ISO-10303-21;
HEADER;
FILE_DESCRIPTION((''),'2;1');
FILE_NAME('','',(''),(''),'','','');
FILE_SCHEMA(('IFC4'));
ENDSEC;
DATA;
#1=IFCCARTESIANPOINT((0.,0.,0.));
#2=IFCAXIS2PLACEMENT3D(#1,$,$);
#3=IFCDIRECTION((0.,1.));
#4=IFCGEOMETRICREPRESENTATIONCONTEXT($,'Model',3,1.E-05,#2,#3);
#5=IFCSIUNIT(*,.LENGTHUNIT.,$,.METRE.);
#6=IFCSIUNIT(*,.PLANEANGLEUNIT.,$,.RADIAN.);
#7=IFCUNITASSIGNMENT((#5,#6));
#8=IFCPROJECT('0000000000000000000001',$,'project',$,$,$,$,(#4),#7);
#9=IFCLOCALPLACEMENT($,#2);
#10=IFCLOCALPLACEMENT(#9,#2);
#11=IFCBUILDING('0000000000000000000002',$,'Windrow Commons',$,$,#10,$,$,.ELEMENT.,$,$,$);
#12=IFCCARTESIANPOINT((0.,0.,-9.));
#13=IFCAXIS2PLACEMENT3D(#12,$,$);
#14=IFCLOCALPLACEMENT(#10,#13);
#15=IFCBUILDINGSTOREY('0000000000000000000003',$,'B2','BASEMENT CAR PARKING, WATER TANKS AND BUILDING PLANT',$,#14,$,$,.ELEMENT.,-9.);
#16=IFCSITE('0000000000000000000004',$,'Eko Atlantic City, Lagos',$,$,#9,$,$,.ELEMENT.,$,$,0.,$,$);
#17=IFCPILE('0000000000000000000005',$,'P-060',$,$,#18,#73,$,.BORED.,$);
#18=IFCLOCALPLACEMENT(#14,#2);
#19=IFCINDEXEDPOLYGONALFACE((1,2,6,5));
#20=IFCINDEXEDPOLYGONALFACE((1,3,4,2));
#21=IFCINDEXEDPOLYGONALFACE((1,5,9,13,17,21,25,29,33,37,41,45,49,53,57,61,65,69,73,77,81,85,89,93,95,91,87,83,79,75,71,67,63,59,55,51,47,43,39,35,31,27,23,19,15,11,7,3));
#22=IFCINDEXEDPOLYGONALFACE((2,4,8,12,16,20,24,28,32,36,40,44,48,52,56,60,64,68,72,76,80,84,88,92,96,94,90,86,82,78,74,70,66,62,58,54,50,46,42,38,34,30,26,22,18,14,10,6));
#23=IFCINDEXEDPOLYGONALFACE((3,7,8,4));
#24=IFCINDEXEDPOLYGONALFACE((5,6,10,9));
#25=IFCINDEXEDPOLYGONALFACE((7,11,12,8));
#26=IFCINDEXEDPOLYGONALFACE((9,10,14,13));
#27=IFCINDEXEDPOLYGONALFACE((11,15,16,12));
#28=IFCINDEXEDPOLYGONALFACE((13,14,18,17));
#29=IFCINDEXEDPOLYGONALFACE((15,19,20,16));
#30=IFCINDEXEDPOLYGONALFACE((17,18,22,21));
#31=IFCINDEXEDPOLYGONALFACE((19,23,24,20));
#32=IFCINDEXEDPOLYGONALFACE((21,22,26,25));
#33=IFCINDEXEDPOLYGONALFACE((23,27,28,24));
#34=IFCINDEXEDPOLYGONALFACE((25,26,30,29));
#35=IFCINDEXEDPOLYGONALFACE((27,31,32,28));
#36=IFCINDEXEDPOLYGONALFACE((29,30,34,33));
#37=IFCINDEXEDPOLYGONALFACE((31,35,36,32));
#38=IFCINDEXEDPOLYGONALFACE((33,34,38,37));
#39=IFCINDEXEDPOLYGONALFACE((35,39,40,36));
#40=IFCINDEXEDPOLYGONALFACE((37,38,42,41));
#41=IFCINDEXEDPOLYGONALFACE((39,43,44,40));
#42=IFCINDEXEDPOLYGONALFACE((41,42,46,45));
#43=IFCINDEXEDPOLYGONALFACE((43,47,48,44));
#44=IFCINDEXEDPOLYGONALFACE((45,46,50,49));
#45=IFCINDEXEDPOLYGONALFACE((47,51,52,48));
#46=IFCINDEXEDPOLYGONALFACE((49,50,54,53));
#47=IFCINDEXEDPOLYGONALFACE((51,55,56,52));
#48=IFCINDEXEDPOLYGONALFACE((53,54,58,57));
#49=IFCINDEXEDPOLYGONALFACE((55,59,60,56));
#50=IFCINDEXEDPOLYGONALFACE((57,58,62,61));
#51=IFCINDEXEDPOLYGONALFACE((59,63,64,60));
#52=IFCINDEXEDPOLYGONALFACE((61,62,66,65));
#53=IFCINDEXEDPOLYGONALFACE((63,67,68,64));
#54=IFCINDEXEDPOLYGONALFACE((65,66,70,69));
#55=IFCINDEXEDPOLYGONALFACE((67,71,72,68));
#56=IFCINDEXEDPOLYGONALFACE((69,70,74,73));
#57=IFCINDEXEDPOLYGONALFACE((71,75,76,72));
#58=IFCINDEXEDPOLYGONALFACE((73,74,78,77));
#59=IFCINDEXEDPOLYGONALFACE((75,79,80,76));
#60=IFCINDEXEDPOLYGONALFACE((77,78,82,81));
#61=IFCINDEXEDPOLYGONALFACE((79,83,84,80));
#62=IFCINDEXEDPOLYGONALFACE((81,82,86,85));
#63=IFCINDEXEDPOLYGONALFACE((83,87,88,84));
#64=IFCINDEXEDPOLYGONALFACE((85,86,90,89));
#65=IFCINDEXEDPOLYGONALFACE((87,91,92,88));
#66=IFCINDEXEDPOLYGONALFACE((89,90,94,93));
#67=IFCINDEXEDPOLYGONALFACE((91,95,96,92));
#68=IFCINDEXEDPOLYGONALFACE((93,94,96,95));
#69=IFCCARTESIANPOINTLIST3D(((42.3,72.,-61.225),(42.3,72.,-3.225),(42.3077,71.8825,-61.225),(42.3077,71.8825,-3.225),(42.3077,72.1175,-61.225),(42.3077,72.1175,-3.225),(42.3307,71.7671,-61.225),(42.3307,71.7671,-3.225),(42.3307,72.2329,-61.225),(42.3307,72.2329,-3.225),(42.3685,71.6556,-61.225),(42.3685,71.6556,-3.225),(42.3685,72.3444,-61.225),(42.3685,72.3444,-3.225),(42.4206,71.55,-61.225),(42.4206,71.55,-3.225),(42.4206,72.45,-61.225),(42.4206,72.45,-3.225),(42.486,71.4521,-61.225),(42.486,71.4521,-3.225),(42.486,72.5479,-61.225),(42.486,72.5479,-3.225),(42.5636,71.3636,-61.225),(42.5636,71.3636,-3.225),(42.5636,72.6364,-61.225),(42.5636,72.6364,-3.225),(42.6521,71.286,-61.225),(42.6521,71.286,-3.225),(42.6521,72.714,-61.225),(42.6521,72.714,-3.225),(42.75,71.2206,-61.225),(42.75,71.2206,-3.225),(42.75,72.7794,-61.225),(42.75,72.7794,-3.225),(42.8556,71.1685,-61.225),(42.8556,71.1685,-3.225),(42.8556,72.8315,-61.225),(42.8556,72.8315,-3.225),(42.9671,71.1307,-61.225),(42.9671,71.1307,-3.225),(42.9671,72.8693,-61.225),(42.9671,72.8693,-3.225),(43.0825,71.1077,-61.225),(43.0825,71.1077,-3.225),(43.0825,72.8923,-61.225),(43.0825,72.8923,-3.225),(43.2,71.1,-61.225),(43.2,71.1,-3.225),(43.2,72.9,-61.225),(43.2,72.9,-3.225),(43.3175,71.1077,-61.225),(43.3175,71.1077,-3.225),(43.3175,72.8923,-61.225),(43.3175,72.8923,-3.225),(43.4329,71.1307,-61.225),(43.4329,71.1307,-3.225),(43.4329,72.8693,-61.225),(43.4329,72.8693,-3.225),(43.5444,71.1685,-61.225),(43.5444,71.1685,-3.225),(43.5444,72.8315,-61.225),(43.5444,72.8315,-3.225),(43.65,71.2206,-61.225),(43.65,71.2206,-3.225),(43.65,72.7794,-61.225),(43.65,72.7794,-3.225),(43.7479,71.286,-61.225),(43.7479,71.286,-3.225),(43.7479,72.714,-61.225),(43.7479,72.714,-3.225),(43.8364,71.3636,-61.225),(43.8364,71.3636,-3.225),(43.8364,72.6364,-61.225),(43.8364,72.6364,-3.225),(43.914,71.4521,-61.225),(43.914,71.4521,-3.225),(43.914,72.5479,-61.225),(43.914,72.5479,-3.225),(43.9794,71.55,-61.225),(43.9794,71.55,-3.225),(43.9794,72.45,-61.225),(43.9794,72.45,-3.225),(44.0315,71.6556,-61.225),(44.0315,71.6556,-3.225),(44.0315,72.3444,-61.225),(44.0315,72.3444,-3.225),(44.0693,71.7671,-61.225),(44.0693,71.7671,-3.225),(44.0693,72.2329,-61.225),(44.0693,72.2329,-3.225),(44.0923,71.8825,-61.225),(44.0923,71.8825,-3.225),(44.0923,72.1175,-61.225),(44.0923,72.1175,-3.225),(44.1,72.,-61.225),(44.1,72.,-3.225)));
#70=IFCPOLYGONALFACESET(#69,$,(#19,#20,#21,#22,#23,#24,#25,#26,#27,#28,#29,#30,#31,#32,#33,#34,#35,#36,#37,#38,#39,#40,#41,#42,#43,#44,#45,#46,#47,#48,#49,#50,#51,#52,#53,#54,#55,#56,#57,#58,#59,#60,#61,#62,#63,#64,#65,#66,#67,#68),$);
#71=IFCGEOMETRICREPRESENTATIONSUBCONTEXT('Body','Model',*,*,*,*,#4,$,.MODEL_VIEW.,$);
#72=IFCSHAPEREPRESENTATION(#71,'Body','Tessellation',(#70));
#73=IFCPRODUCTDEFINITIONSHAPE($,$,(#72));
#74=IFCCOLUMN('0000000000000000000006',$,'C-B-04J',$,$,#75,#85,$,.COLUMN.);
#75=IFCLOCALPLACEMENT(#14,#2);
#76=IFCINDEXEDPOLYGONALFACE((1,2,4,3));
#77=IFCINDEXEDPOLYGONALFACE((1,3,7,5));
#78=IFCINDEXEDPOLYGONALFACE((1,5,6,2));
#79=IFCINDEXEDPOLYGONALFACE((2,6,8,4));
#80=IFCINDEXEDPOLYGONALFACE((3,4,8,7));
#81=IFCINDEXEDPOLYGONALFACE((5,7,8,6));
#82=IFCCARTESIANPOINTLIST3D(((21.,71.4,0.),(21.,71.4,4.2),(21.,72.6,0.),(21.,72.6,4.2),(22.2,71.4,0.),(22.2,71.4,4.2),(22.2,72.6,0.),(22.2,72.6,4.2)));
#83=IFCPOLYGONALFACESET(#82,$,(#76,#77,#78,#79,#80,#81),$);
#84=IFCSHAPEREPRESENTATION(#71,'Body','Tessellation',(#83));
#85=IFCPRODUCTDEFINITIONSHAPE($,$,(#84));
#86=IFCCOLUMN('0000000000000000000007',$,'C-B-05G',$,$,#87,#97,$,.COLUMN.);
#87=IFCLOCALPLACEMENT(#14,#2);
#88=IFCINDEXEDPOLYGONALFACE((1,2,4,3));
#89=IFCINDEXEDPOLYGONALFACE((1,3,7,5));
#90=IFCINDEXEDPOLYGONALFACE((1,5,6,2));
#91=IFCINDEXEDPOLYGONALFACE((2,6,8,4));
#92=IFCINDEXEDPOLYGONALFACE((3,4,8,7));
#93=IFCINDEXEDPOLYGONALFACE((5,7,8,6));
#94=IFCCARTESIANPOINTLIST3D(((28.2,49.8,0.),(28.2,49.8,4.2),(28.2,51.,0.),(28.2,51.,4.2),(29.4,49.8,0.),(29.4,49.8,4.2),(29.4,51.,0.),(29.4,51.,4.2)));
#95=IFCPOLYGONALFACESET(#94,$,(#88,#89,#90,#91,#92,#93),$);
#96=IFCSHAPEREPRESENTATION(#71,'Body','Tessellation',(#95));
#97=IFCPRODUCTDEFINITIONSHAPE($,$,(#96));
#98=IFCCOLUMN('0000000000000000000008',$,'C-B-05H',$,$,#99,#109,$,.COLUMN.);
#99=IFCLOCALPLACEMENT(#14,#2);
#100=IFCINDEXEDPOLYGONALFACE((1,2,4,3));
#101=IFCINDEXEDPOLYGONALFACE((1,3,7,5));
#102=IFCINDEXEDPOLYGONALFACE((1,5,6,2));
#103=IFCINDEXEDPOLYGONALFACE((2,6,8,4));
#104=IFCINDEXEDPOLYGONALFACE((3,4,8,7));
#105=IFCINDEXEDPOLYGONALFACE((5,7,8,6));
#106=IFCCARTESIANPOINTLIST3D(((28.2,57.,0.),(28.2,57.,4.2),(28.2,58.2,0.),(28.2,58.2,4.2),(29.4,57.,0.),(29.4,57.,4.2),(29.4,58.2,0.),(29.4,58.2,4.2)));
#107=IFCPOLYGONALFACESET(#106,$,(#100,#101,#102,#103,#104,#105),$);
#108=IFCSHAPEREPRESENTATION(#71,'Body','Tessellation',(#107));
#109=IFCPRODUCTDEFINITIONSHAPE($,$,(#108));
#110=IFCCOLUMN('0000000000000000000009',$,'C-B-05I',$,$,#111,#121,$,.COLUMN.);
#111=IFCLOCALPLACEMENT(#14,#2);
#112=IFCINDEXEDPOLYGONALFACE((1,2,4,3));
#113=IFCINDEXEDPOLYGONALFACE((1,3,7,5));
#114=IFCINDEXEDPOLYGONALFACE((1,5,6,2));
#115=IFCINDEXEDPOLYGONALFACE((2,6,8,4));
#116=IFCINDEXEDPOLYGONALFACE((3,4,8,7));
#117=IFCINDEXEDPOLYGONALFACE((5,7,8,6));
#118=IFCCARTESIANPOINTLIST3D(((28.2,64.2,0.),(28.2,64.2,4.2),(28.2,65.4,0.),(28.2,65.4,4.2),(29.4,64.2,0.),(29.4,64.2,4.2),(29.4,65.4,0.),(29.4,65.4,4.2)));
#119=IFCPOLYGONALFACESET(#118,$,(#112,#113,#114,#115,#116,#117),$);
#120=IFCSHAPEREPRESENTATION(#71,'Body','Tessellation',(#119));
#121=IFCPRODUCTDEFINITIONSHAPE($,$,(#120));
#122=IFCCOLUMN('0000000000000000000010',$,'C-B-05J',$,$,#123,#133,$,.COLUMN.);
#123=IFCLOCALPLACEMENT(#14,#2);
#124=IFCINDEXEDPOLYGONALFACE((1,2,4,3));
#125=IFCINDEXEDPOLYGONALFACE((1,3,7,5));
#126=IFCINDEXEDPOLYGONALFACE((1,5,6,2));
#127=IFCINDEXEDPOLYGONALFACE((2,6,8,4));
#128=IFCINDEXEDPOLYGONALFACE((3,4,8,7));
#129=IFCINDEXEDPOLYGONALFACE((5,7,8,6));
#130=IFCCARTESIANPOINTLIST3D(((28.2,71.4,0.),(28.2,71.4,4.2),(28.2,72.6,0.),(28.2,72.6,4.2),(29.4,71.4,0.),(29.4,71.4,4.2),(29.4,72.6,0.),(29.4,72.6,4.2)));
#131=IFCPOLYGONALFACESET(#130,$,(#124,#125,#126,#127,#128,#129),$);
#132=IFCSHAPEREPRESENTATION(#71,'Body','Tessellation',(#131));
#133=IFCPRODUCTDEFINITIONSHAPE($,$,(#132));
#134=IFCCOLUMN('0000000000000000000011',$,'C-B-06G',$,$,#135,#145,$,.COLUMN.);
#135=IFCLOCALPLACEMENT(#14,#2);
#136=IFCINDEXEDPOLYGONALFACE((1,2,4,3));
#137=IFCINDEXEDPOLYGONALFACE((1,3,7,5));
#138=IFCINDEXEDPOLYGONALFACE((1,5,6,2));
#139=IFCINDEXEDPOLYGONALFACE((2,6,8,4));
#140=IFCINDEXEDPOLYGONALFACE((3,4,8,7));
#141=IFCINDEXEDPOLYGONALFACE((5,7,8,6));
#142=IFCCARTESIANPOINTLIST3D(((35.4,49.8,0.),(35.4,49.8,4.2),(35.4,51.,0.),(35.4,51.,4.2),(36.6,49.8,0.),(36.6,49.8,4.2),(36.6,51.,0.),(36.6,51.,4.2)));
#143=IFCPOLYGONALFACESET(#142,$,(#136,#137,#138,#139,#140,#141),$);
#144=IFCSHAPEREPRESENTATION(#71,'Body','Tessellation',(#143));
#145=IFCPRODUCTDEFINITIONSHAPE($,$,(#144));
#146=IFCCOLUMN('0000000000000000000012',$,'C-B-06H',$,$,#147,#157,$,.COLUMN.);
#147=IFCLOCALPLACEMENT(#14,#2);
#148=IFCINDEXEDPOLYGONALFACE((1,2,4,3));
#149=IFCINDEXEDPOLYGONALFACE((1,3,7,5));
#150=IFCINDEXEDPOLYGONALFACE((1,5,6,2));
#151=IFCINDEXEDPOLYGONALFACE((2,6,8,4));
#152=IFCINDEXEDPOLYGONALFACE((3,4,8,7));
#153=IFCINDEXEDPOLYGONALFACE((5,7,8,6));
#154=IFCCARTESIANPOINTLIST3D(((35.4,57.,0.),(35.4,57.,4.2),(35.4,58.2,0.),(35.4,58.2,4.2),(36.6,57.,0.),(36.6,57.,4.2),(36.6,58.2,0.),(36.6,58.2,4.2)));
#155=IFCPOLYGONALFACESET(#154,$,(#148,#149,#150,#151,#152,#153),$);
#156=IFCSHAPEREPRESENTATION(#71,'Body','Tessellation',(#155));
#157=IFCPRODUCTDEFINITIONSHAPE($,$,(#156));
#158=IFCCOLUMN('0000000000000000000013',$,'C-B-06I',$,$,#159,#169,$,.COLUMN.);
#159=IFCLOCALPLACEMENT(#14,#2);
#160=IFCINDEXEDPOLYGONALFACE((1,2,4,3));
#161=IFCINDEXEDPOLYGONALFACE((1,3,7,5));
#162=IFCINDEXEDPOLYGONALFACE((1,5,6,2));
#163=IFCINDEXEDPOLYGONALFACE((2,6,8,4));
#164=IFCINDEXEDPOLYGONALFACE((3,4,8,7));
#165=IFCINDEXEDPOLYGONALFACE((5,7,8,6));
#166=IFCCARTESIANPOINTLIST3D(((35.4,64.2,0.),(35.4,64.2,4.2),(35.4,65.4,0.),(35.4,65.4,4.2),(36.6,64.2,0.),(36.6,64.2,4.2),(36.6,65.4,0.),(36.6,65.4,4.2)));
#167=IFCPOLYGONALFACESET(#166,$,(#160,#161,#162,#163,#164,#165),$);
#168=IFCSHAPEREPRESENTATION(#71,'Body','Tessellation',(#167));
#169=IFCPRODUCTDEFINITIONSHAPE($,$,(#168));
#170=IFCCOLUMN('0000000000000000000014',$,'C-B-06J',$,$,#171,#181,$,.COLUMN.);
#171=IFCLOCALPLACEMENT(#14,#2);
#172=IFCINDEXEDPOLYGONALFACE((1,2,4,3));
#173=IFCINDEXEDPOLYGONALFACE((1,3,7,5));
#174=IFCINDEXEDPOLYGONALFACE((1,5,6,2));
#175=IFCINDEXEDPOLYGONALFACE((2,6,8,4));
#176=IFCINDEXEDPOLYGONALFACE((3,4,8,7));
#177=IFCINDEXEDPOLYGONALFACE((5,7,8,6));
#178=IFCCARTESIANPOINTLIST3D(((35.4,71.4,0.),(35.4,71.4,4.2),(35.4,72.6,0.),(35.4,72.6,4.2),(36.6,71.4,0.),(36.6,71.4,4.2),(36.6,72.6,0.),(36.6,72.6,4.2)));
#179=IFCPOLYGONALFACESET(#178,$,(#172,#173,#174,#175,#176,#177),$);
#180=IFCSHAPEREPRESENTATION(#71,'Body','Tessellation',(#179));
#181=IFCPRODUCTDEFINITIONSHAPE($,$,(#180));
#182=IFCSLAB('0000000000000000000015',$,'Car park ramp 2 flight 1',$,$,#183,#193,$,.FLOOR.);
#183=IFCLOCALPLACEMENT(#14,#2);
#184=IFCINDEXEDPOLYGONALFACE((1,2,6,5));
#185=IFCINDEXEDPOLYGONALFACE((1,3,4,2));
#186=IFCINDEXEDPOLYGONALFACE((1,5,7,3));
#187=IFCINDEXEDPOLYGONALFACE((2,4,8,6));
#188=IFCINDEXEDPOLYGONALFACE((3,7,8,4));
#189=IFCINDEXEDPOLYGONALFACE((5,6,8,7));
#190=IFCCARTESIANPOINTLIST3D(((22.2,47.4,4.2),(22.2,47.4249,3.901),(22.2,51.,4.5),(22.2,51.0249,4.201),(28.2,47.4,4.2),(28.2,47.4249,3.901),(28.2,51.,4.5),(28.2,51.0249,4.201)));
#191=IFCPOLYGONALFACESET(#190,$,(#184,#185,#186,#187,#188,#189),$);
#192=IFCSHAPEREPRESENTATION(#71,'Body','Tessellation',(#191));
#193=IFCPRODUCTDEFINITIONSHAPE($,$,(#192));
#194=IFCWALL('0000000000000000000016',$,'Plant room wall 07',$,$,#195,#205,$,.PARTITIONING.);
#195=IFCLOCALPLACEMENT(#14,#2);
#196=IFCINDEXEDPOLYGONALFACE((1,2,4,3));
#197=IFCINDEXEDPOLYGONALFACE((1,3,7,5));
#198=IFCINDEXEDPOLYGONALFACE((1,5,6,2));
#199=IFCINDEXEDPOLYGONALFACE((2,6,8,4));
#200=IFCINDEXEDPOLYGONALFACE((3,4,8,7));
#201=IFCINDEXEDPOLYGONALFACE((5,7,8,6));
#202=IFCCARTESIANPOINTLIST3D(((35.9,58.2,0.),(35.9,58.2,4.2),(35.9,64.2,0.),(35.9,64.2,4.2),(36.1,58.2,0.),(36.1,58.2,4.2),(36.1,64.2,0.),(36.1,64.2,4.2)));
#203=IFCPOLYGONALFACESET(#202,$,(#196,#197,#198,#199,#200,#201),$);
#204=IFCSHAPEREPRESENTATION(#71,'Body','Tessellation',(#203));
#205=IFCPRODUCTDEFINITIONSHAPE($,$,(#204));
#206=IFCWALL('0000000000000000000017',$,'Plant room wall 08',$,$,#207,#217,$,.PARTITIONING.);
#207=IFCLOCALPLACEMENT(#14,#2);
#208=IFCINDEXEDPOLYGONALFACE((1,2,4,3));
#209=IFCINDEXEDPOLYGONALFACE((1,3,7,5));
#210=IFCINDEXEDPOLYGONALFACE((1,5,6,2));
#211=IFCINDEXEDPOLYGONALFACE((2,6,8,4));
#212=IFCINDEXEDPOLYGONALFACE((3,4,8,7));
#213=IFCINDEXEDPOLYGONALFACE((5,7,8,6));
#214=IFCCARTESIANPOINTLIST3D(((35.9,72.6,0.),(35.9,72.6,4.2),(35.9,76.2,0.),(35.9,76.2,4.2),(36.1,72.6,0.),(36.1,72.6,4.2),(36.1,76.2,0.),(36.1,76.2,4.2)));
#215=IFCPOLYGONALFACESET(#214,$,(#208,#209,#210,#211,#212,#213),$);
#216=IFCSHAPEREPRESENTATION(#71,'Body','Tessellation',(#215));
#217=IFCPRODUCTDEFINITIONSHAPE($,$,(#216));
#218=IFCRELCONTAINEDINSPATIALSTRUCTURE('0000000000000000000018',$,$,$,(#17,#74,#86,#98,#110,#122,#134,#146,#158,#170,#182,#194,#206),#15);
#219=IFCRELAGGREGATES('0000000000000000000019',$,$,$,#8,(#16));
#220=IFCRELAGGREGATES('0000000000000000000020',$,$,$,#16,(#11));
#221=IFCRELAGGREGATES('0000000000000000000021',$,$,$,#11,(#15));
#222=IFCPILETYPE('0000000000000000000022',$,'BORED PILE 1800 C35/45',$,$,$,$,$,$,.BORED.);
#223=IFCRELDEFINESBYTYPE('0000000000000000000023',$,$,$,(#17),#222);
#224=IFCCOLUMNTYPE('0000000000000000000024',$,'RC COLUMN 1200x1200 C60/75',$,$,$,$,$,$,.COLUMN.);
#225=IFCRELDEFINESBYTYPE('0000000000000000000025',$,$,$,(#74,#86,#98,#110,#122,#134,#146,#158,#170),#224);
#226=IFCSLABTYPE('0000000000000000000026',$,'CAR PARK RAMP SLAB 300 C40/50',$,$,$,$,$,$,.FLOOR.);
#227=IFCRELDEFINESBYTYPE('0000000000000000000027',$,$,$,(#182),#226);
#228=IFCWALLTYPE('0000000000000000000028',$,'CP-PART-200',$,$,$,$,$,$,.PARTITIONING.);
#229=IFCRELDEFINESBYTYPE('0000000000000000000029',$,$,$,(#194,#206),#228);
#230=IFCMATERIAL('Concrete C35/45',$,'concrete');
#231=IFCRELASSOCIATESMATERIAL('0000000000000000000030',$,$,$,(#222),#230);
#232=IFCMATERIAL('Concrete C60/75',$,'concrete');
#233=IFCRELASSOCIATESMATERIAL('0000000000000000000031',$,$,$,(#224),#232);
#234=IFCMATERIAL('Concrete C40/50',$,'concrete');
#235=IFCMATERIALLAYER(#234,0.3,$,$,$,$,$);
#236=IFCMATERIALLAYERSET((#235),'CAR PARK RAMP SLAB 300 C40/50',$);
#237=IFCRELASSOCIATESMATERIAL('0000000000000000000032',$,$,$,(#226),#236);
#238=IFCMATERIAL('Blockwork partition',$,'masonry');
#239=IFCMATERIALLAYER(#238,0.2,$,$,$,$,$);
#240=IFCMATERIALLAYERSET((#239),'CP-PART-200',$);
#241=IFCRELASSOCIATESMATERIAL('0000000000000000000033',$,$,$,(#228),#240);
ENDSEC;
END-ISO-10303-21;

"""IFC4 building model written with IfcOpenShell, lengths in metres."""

from ifc_helpers import new_model, si_unit, direction, frame, frame_2d, origin, origin_2d, place, context, subcontext, project, spatial, polyline, rectangle, circle, outline, extrude, material, layer, layer_set, material_profile, profile_set, type_object, element, save


model = new_model("IFC4")

# Units and contexts
model_context = context("Model", 3, precision=1e-05, world=origin(), true_north=direction((0.0, 1.0)))
body_context = subcontext(model_context, "Body", "Model", "MODEL_VIEW")
ifc_project = project(units=[si_unit("LENGTHUNIT", "METRE"), si_unit("PLANEANGLEUNIT", "RADIAN")], contexts=[model_context])

# Site, building, storey
site_placement = place(None, origin())
site = spatial("IfcSite", under=ifc_project, at=site_placement, Name="Eko Atlantic City, Lagos", CompositionType="ELEMENT", RefElevation=0.0)
building_placement = place(site_placement, origin())
building = spatial("IfcBuilding", under=site, at=building_placement, Name="Windrow Commons", CompositionType="ELEMENT")
storey_placement = place(building_placement, frame((0.0, 0.0, -9.0)))
storey = spatial("IfcBuildingStorey", under=building, at=storey_placement, Name="B2", Description="BASEMENT CAR PARKING, WATER TANKS AND BUILDING PLANT", CompositionType="ELEMENT", Elevation=-9.0)

# Pile
ifc_material_1 = material(Name="Concrete C35/45", Category="concrete")
ifc_material_profile_1 = material_profile(ifc_material_1, circle(Radius=0.9, at=origin_2d()))
ifc_profile_set_1 = profile_set([ifc_material_profile_1], Name="Concrete C35/45")
pile_type = type_object("IfcPileType", Name="BORED PILE 1800 C35/45", PredefinedType="BORED", material=ifc_profile_set_1)
for number, where, z_axis, x_axis, name in (
    (1, (43.2, 72.0, -3.225), (0.0, 0.0, -1.0), (1.0, 0.0, 0.0), "P-060"),
):
    element("IfcPile", number, at=place(storey_placement, frame(where, z_axis=z_axis, x_axis=x_axis)), inside=storey, type_object=pile_type, Name=name, PredefinedType="BORED", context=body_context, shape_type="SweptSolid", body=[
        extrude(circle(Radius=0.9, at=origin_2d()), origin(), (0.0, 0.0, 1.0), 58.0),
    ])

# Columns
ifc_material_2 = material(Name="Concrete C60/75", Category="concrete")
ifc_material_profile_2 = material_profile(ifc_material_2, rectangle(XDim=1.2, YDim=1.2, at=origin_2d()))
ifc_profile_set_2 = profile_set([ifc_material_profile_2], Name="Concrete C60/75")
column_type = type_object("IfcColumnType", Name="RC COLUMN 1200x1200 C60/75", PredefinedType="COLUMN", material=ifc_profile_set_2)
for number, where, z_axis, x_axis, name in (
    (2, (21.6, 72.0, 0.0), (0.0, 0.0, 1.0), (1.0, 0.0, 0.0), "C-B-04J"),
    (3, (28.8, 50.4, 0.0), (0.0, 0.0, 1.0), (1.0, 0.0, 0.0), "C-B-05G"),
    (4, (28.8, 57.6, 0.0), (0.0, 0.0, 1.0), (1.0, 0.0, 0.0), "C-B-05H"),
    (5, (28.8, 64.8, 0.0), (0.0, 0.0, 1.0), (1.0, 0.0, 0.0), "C-B-05I"),
    (6, (28.8, 72.0, 0.0), (0.0, 0.0, 1.0), (1.0, 0.0, 0.0), "C-B-05J"),
    (7, (36.0, 50.4, 0.0), (0.0, 0.0, 1.0), (1.0, 0.0, 0.0), "C-B-06G"),
    (8, (36.0, 57.6, 0.0), (0.0, 0.0, 1.0), (1.0, 0.0, 0.0), "C-B-06H"),
    (9, (36.0, 64.8, 0.0), (0.0, 0.0, 1.0), (1.0, 0.0, 0.0), "C-B-06I"),
    (10, (36.0, 72.0, 0.0), (0.0, 0.0, 1.0), (1.0, 0.0, 0.0), "C-B-06J"),
):
    element("IfcColumn", number, at=place(storey_placement, frame(where, z_axis=z_axis, x_axis=x_axis)), inside=storey, type_object=column_type, Name=name, PredefinedType="COLUMN", context=body_context, shape_type="SweptSolid", body=[
        extrude(rectangle(XDim=1.2, YDim=1.2, at=origin_2d()), origin(), (0.0, 0.0, 1.0), 4.2),
    ])

# Slab
ifc_material_3 = material(Name="Concrete C40/50", Category="concrete")
ifc_layer_1 = layer(ifc_material_3, 0.3)
ifc_layer_set_1 = layer_set([ifc_layer_1], Name="CAR PARK RAMP SLAB 300 C40/50")
slab_type = type_object("IfcSlabType", Name="CAR PARK RAMP SLAB 300 C40/50", PredefinedType="FLOOR", material=ifc_layer_set_1)
slab_placement = place(storey_placement, frame((22.2, 51.0, 4.5), z_axis=(0.0, -0.083045, 0.996546), x_axis=(1.0, 0.0, 0.0)))
element("IfcSlab", 11, at=slab_placement, inside=storey, type_object=slab_type, Name="Car park ramp 2 flight 1", PredefinedType="FLOOR", context=body_context, shape_type="SweptSolid", body=[
    extrude(outline(polyline([(0.0, 0.0), (6.0, 0.0), (6.0, -3.6125), (0.0, -3.6125), (0.0, 0.0)])), origin(), (0.0, 0.0, -1.0), 0.3),
])

# Walls
ifc_material_4 = material(Name="Blockwork partition", Category="masonry")
ifc_layer_2 = layer(ifc_material_4, 0.2)
ifc_layer_set_2 = layer_set([ifc_layer_2], Name="CP-PART-200")
wall_type_1 = type_object("IfcWallType", Name="CP-PART-200", PredefinedType="PARTITIONING", material=ifc_layer_set_2)
wall_1_placement = place(storey_placement, frame((36.0, 58.2, 0.0), z_axis=(0.0, 0.0, 1.0), x_axis=(0.0, 1.0, 0.0)))
element("IfcWall", 12, at=wall_1_placement, inside=storey, type_object=wall_type_1, Name="Plant room wall 07", PredefinedType="PARTITIONING", context=body_context, shape_type="SweptSolid", body=[
    extrude(rectangle(XDim=6.0, YDim=0.2, at=frame_2d((3.0, 0.0))), origin(), (0.0, 0.0, 1.0), 4.2),
])
wall_2_placement = place(storey_placement, frame((36.0, 72.6, 0.0), z_axis=(0.0, 0.0, 1.0), x_axis=(0.0, 1.0, 0.0)))
element("IfcWall", 13, at=wall_2_placement, inside=storey, type_object=wall_type_1, Name="Plant room wall 08", PredefinedType="PARTITIONING", context=body_context, shape_type="SweptSolid", body=[
    extrude(rectangle(XDim=3.6, YDim=0.2, at=frame_2d((1.8, 0.0))), origin(), (0.0, 0.0, 1.0), 4.2),
])

save(model, "model.ifc")
